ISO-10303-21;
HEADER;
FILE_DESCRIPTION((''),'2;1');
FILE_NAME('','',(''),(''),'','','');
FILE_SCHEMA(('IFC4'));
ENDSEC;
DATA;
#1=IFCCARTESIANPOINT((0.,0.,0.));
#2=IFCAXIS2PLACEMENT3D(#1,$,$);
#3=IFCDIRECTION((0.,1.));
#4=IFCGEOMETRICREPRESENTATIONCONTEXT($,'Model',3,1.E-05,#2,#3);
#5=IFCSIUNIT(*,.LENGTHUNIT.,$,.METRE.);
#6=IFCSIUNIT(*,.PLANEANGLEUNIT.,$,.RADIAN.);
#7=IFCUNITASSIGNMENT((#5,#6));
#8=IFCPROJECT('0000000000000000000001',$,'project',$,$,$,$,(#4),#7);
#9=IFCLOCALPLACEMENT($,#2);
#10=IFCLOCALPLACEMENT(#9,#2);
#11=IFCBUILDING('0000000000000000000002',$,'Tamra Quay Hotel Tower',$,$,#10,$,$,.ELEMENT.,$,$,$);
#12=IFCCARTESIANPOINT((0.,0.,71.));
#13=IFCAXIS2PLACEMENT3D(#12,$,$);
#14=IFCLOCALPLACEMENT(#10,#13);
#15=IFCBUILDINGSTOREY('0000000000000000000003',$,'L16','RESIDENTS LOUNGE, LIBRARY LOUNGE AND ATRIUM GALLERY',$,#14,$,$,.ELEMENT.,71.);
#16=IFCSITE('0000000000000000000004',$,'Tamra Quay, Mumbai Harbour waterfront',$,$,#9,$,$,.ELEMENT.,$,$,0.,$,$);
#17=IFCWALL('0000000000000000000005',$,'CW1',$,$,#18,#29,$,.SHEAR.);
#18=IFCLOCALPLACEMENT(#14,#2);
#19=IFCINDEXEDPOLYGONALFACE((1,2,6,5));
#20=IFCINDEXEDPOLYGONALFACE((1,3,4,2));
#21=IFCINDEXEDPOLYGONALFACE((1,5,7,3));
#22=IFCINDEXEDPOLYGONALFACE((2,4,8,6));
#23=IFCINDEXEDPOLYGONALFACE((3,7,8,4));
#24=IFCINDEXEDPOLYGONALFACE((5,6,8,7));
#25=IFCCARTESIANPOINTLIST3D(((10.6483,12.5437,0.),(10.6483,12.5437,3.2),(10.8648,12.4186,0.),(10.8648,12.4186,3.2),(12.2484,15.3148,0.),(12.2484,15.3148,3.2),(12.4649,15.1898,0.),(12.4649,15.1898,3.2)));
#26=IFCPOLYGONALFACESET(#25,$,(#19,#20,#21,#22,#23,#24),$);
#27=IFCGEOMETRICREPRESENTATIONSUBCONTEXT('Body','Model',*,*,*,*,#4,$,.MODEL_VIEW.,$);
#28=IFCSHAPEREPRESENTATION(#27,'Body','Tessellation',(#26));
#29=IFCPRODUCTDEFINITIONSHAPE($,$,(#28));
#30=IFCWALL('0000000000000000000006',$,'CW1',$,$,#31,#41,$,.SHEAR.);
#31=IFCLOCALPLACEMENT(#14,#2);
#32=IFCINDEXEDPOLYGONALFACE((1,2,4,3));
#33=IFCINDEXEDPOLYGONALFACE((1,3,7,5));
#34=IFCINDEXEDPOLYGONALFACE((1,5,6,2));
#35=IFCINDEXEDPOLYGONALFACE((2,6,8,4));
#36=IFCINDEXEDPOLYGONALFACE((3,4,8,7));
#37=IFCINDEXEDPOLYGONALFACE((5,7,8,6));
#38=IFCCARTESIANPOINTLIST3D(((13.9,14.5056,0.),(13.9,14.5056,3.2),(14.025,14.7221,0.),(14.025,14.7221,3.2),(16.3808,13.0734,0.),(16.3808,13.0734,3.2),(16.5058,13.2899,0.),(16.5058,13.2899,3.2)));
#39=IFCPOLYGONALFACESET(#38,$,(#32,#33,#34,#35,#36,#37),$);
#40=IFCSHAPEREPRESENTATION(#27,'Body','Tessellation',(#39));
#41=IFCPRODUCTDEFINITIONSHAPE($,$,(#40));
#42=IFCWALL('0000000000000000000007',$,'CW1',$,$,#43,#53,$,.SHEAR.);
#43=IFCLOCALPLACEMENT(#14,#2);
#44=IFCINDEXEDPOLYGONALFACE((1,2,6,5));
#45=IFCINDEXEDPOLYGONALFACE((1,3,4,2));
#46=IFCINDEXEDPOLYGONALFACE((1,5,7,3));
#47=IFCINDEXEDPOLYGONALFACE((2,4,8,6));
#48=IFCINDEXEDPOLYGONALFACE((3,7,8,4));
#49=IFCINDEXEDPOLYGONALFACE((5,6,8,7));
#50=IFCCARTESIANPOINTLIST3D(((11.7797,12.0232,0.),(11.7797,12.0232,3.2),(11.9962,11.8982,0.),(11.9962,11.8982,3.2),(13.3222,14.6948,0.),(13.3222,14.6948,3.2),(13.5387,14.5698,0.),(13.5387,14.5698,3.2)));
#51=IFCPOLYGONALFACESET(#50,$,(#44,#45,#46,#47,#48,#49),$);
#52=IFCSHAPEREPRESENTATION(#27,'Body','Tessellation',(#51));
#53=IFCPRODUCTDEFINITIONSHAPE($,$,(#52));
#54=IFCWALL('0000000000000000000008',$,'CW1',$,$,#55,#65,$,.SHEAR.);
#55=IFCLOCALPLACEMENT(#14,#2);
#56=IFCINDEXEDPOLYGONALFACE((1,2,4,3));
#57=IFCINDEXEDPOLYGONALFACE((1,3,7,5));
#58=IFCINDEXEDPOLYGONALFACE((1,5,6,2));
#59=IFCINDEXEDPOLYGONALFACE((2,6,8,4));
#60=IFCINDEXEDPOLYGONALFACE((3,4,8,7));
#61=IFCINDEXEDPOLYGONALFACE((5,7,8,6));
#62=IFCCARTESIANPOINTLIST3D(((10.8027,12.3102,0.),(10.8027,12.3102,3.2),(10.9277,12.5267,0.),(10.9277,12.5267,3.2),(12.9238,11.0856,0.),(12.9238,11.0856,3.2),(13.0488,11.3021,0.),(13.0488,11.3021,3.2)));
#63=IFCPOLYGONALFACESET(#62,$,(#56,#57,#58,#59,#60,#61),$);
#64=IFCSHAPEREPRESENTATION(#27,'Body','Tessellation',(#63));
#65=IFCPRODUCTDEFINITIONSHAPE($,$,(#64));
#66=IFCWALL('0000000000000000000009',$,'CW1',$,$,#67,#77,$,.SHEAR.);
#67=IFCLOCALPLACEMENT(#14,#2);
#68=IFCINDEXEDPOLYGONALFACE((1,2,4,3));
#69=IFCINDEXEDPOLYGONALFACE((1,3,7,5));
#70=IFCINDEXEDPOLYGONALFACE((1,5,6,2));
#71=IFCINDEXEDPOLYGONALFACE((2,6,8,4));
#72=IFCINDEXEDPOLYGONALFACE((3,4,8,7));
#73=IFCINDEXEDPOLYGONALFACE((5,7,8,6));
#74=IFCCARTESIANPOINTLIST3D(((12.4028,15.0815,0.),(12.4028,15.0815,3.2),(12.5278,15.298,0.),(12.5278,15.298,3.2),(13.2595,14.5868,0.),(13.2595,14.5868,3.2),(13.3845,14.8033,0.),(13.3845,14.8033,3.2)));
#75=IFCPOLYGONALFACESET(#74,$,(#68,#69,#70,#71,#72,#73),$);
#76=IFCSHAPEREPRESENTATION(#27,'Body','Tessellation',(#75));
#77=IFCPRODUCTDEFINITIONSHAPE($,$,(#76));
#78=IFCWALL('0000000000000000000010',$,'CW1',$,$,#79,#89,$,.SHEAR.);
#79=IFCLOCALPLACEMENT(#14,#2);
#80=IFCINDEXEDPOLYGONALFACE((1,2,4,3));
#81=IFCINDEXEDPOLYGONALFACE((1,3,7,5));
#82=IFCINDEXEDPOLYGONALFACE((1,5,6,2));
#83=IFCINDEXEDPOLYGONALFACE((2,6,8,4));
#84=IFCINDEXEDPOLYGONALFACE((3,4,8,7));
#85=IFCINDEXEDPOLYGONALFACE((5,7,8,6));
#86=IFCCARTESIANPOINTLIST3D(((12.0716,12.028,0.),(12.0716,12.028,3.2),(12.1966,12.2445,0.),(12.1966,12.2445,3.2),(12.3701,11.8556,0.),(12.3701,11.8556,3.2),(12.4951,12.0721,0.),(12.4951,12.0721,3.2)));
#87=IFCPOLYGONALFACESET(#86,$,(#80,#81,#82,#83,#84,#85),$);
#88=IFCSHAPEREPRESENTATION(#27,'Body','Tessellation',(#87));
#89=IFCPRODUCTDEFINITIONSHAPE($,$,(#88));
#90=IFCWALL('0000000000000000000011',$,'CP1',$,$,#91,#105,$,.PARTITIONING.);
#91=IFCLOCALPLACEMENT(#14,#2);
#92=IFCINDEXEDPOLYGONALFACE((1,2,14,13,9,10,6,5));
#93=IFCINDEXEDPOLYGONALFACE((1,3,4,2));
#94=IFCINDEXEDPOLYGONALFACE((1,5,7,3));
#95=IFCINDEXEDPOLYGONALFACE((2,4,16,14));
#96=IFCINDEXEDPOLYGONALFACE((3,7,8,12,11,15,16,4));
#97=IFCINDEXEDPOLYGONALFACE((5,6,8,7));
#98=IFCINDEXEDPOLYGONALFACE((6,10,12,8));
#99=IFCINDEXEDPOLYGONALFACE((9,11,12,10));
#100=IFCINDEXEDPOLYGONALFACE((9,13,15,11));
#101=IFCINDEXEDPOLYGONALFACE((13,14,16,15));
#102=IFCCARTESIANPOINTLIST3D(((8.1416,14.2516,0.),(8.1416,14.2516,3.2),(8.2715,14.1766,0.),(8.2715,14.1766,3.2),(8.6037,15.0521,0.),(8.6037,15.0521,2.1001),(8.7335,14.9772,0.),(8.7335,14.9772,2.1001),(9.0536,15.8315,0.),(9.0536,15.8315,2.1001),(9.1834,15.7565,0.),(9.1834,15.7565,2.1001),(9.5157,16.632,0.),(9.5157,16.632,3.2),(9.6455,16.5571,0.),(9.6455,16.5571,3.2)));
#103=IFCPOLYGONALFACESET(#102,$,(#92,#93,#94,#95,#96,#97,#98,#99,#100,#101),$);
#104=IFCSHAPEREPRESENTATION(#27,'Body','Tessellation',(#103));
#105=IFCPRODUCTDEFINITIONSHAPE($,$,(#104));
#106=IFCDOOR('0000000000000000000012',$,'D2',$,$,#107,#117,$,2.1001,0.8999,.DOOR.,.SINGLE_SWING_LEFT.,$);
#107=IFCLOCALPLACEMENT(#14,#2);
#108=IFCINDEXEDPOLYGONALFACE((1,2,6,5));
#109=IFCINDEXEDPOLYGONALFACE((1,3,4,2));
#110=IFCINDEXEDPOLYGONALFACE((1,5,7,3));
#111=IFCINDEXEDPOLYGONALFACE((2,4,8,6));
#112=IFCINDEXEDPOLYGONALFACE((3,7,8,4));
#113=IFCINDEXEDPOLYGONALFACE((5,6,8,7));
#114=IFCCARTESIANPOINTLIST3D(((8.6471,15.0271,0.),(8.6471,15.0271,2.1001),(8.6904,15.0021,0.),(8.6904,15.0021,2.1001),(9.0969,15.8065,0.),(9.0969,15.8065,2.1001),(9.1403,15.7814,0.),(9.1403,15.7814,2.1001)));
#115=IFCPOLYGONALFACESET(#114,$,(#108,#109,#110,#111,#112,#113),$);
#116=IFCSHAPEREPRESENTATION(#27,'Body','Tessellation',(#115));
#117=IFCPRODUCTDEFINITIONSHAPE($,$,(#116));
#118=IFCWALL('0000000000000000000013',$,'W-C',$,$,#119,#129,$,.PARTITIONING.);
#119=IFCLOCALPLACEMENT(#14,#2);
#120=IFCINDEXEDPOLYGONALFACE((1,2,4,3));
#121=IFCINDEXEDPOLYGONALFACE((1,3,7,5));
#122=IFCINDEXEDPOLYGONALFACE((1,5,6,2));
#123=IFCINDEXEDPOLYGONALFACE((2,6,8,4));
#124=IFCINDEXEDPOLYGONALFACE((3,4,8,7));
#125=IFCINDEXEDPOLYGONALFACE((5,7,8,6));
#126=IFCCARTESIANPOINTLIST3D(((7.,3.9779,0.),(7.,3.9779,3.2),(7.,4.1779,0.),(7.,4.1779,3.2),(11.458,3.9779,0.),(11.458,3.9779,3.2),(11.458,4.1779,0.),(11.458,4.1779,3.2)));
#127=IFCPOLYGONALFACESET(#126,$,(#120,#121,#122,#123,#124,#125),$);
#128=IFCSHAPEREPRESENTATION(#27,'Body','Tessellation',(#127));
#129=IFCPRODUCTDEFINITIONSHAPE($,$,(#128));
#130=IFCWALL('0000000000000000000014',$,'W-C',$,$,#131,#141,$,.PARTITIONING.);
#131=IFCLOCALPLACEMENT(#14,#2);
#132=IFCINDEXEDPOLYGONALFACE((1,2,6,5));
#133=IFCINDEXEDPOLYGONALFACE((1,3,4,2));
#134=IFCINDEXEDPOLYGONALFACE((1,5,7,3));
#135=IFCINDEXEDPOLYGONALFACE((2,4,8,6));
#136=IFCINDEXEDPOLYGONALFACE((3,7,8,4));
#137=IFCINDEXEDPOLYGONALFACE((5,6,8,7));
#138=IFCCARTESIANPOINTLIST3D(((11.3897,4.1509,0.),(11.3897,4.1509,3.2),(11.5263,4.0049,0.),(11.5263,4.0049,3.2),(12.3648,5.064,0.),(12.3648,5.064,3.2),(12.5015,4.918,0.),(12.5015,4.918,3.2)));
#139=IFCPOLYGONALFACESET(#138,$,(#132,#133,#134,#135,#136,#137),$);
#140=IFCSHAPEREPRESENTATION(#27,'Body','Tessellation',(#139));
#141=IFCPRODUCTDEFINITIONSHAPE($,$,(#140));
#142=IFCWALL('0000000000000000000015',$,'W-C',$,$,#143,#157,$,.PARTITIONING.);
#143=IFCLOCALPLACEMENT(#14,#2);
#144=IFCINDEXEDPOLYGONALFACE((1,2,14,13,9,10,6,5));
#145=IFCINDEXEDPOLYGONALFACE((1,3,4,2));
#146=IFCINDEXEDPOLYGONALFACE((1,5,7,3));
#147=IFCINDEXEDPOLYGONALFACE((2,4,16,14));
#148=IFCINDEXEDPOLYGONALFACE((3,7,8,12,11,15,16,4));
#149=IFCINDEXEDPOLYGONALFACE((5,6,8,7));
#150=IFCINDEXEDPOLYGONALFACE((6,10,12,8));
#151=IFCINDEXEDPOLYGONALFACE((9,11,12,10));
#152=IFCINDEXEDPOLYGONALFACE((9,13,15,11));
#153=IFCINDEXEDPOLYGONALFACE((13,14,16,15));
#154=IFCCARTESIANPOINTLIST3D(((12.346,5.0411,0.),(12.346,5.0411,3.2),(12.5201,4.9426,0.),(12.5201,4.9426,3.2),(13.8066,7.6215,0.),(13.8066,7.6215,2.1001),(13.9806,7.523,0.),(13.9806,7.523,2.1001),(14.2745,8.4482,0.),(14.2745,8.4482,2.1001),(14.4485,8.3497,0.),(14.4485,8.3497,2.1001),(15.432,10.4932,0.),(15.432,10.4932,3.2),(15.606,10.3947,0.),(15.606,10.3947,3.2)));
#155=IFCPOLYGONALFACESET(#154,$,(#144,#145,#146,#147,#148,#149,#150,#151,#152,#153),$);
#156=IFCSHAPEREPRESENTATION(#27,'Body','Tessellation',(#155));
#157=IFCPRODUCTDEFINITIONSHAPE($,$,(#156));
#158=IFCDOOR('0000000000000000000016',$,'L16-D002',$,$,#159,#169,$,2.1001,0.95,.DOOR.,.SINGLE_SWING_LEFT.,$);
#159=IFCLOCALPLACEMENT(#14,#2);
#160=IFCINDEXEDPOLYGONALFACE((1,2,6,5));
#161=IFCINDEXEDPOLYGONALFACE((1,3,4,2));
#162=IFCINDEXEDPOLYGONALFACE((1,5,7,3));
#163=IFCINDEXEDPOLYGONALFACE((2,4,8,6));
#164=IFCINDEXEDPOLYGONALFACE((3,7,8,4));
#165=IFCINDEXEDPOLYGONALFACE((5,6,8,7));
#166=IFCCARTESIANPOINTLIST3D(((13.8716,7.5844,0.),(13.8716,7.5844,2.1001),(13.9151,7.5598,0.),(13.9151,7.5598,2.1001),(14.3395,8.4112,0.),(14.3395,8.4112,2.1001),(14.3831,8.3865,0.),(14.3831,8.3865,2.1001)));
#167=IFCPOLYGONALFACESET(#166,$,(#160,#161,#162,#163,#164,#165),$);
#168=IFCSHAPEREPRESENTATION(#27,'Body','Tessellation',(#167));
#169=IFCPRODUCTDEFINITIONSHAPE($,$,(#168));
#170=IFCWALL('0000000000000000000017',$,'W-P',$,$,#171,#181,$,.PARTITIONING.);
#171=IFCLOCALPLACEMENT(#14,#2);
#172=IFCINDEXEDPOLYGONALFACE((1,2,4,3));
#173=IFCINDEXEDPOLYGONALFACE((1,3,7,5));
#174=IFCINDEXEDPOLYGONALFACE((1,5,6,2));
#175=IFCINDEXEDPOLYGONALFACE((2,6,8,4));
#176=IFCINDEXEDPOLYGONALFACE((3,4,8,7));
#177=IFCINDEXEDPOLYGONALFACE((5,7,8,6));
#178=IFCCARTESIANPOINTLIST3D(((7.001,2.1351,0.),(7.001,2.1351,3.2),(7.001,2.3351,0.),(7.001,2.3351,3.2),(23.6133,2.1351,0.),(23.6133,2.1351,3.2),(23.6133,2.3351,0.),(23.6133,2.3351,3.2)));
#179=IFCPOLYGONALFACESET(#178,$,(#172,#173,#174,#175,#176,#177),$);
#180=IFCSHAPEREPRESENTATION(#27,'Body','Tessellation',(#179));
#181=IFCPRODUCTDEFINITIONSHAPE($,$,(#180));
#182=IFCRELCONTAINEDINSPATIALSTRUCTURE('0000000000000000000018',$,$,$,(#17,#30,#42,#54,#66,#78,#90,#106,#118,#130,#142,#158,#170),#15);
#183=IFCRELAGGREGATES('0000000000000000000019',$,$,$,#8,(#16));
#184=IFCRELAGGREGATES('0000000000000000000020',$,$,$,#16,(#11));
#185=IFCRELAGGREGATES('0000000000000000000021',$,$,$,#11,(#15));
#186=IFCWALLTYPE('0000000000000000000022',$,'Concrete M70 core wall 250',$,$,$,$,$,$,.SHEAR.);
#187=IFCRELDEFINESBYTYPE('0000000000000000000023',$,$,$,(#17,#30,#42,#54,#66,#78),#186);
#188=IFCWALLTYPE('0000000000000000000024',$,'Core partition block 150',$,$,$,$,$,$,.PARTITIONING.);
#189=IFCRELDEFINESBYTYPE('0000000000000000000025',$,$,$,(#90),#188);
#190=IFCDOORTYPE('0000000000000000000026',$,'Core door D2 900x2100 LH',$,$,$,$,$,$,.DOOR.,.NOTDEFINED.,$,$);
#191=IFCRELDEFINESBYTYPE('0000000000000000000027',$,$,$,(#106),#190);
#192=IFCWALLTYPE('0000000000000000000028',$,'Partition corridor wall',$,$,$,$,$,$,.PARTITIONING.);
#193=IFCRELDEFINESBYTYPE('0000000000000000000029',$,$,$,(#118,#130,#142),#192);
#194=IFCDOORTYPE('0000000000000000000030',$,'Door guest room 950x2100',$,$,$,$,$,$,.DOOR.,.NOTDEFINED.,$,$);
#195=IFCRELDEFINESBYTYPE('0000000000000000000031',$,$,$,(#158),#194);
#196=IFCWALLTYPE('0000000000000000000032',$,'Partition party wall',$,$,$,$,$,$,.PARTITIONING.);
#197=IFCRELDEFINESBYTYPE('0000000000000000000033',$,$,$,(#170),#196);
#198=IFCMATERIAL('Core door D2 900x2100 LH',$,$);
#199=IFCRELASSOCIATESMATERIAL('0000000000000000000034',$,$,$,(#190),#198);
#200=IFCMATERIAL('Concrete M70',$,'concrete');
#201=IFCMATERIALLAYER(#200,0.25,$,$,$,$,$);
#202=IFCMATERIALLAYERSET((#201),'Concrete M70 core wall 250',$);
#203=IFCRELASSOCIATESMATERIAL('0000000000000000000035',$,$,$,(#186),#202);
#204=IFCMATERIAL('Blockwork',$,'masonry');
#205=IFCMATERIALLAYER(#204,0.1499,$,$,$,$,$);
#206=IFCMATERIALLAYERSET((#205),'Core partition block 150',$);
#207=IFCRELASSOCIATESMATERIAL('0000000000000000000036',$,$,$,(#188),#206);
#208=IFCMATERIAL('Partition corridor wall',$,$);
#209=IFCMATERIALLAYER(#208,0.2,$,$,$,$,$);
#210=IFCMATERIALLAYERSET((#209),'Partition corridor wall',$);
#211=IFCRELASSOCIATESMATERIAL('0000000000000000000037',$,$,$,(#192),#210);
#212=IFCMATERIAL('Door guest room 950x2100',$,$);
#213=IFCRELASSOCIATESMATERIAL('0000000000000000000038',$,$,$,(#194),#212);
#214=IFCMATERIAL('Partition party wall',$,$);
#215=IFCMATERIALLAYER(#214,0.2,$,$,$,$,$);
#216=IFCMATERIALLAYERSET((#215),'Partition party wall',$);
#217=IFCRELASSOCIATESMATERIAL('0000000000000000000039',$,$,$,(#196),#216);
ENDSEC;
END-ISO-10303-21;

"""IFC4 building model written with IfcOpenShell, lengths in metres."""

from ifc_helpers import new_model, si_unit, direction, frame, frame_2d, origin, place, context, subcontext, project, spatial, rectangle, extrude, material, layer, layer_set, type_object, element, fill, save


model = new_model("IFC4")

# Units and contexts
model_context = context("Model", 3, precision=1e-05, world=origin(), true_north=direction((0.0, 1.0)))
body_context = subcontext(model_context, "Body", "Model", "MODEL_VIEW")
ifc_project = project(units=[si_unit("LENGTHUNIT", "METRE"), si_unit("PLANEANGLEUNIT", "RADIAN")], contexts=[model_context])

# Site, building, storey
site_placement = place(None, origin())
site = spatial("IfcSite", under=ifc_project, at=site_placement, Name="Tamra Quay, Mumbai Harbour waterfront", CompositionType="ELEMENT", RefElevation=0.0)
building_placement = place(site_placement, origin())
building = spatial("IfcBuilding", under=site, at=building_placement, Name="Tamra Quay Hotel Tower", CompositionType="ELEMENT")
storey_placement = place(building_placement, frame((0.0, 0.0, 71.0)))
storey = spatial("IfcBuildingStorey", under=building, at=storey_placement, Name="L16", Description="RESIDENTS LOUNGE, LIBRARY LOUNGE AND ATRIUM GALLERY", CompositionType="ELEMENT", Elevation=71.0)

# Shared definitions
ifc_material_1 = material(Name="Concrete M70", Category="concrete")

# Shared definitions
ifc_material_2 = material(Name="Core door D2 900x2100 LH")
door_type_1 = type_object("IfcDoorType", Name="Core door D2 900x2100 LH", OperationType="NOTDEFINED", PredefinedType="DOOR", material=ifc_material_2)

# Shared definitions
ifc_layer_1 = layer(ifc_material_1, 0.25)
ifc_layer_set_1 = layer_set([ifc_layer_1], Name="Concrete M70 core wall 250")
wall_type_1 = type_object("IfcWallType", Name="Concrete M70 core wall 250", PredefinedType="SHEAR", material=ifc_layer_set_1)

# Walls
wall_1_placement = place(storey_placement, frame((12.3567, 15.2524, 0.0), z_axis=(0.0, 0.0, 1.0), x_axis=(-0.500028, -0.866009, 0.0)))
element("IfcWall", 1, at=wall_1_placement, inside=storey, type_object=wall_type_1, Name="CW1", PredefinedType="SHEAR", context=body_context, shape_type="SweptSolid", body=[
    extrude(rectangle(XDim=3.2, YDim=0.25, at=frame_2d((1.6001, 0.0))), origin(), (0.0, 0.0, 1.0), 3.2),
])
wall_2_placement = place(storey_placement, frame((13.9626, 14.6138, 0.0), z_axis=(0.0, 0.0, 1.0), x_axis=(0.866042, -0.499971, 0.0)))
element("IfcWall", 2, at=wall_2_placement, inside=storey, type_object=wall_type_1, Name="CW1", PredefinedType="SHEAR", context=body_context, shape_type="SweptSolid", body=[
    extrude(rectangle(XDim=2.8645, YDim=0.25, at=frame_2d((1.4321, 0.0))), origin(), (0.0, 0.0, 1.0), 3.2),
])
wall_3_placement = place(storey_placement, frame((11.8879, 11.9607, 0.0), z_axis=(0.0, 0.0, 1.0), x_axis=(0.500003, 0.866023, 0.0)))
element("IfcWall", 3, at=wall_3_placement, inside=storey, type_object=wall_type_1, Name="CW1", PredefinedType="SHEAR", context=body_context, shape_type="SweptSolid", body=[
    extrude(rectangle(XDim=3.085, YDim=0.25, at=frame_2d((1.5425, 0.0))), origin(), (0.0, 0.0, 1.0), 3.2),
])
wall_4_placement = place(storey_placement, frame((10.8652, 12.4185, 0.0), z_axis=(0.0, 0.0, 1.0), x_axis=(0.866026, -0.499999, 0.0)))
element("IfcWall", 4, at=wall_4_placement, inside=storey, type_object=wall_type_1, Name="CW1", PredefinedType="SHEAR", context=body_context, shape_type="SweptSolid", body=[
    extrude(rectangle(XDim=2.4492, YDim=0.25, at=frame_2d((1.2246, 0.0))), origin(), (0.0, 0.0, 1.0), 3.2),
])
wall_5_placement = place(storey_placement, frame((13.322, 14.6951, 0.0), z_axis=(0.0, 0.0, 1.0), x_axis=(-0.866017, 0.500014, 0.0)))
element("IfcWall", 5, at=wall_5_placement, inside=storey, type_object=wall_type_1, Name="CW1", PredefinedType="SHEAR", context=body_context, shape_type="SweptSolid", body=[
    extrude(rectangle(XDim=0.9893, YDim=0.25, at=frame_2d((0.4946, 0.0))), origin(), (0.0, 0.0, 1.0), 3.2),
])
wall_6_placement = place(storey_placement, frame((12.4326, 11.9639, 0.0), z_axis=(0.0, 0.0, 1.0), x_axis=(-0.866056, 0.499947, 0.0)))
element("IfcWall", 6, at=wall_6_placement, inside=storey, type_object=wall_type_1, Name="CW1", PredefinedType="SHEAR", context=body_context, shape_type="SweptSolid", body=[
    extrude(rectangle(XDim=0.3447, YDim=0.25, at=frame_2d((0.1724, 0.0))), origin(), (0.0, 0.0, 1.0), 3.2),
])

# Wall, opening, door
ifc_material_3 = material(Name="Blockwork", Category="masonry")
ifc_layer_2 = layer(ifc_material_3, 0.1499)
ifc_layer_set_2 = layer_set([ifc_layer_2], Name="Core partition block 150")
wall_type_2 = type_object("IfcWallType", Name="Core partition block 150", PredefinedType="PARTITIONING", material=ifc_layer_set_2)
wall_7_placement = place(storey_placement, frame((8.2065, 14.2141, 0.0), z_axis=(0.0, 0.0, 1.0), x_axis=(0.499922, 0.86607, 0.0)))
wall_7 = element("IfcWall", 7, at=wall_7_placement, inside=storey, type_object=wall_type_2, Name="CP1", PredefinedType="PARTITIONING", context=body_context, shape_type="SweptSolid", body=[
    extrude(rectangle(XDim=2.7485, YDim=0.1499, at=frame_2d((1.3743, 0.0))), origin(), (0.0, 0.0, 1.0), 3.2),
])
opening_1_placement = place(wall_7_placement, frame((0.9243, 0.0, 0.0)))
opening_1 = element("IfcOpeningElement", 8, at=opening_1_placement, cuts=wall_7, PredefinedType="OPENING", context=body_context, shape_type="SweptSolid", body=[
    extrude(rectangle(XDim=0.8999, YDim=2.1001, at=frame_2d((0.45, 1.05))), frame((0.0, 0.085, 0.0), z_axis=(0.0, -1.0, 0.0), x_axis=(1.0, 0.0, 0.0)), (0.0, 0.0, 1.0), 0.1699),
])
door_1_placement = place(opening_1_placement, origin())
door_1 = element("IfcDoor", 9, at=door_1_placement, inside=storey, type_object=door_type_1, Name="D2", OperationType="SINGLE_SWING_LEFT", OverallHeight=2.1001, OverallWidth=0.8999, PredefinedType="DOOR", context=body_context, shape_type="SweptSolid", body=[
    extrude(rectangle(XDim=0.8999, YDim=2.1001, at=frame_2d((0.45, 1.05))), frame((0.0, 0.0249, 0.0), z_axis=(0.0, -1.0, 0.0), x_axis=(1.0, 0.0, 0.0)), (0.0, 0.0, 1.0), 0.05),
])
fill(opening_1, door_1)

# Walls
ifc_material_4 = material(Name="Partition corridor wall")
ifc_layer_3 = layer(ifc_material_4, 0.2)
ifc_layer_set_3 = layer_set([ifc_layer_3], Name="Partition corridor wall")
wall_type_3 = type_object("IfcWallType", Name="Partition corridor wall", PredefinedType="PARTITIONING", material=ifc_layer_set_3)
wall_8_placement = place(storey_placement, frame((7.0, 4.0779, 0.0), z_axis=(0.0, 0.0, 1.0), x_axis=(1.0, 0.0, 0.0)))
element("IfcWall", 10, at=wall_8_placement, inside=storey, type_object=wall_type_3, Name="W-C", PredefinedType="PARTITIONING", context=body_context, shape_type="SweptSolid", body=[
    extrude(rectangle(XDim=4.458, YDim=0.2, at=frame_2d((2.229, 0.0))), origin(), (0.0, 0.0, 1.0), 3.2),
])
wall_9_placement = place(storey_placement, frame((11.458, 4.0779, 0.0), z_axis=(0.0, 0.0, 1.0), x_axis=(0.729936, 0.683515, 0.0)))
element("IfcWall", 11, at=wall_9_placement, inside=storey, type_object=wall_type_3, Name="W-C", PredefinedType="PARTITIONING", context=body_context, shape_type="SweptSolid", body=[
    extrude(rectangle(XDim=1.3359, YDim=0.2, at=frame_2d((0.668, 0.0))), origin(), (0.0, 0.0, 1.0), 3.2),
])

# Wall, opening, door
wall_10_placement = place(storey_placement, frame((12.4331, 4.9919, 0.0), z_axis=(0.0, 0.0, 1.0), x_axis=(0.492576, 0.870269, 0.0)))
wall_10 = element("IfcWall", 12, at=wall_10_placement, inside=storey, type_object=wall_type_3, Name="W-C", PredefinedType="PARTITIONING", context=body_context, shape_type="SweptSolid", body=[
    extrude(rectangle(XDim=6.2649, YDim=0.2, at=frame_2d((3.1323, 0.0))), origin(), (0.0, 0.0, 1.0), 3.2),
])
opening_2_placement = place(wall_10_placement, frame((2.9648, 0.0, 0.0)))
opening_2 = element("IfcOpeningElement", 13, at=opening_2_placement, cuts=wall_10, PredefinedType="OPENING", context=body_context, shape_type="SweptSolid", body=[
    extrude(rectangle(XDim=0.95, YDim=2.1001, at=frame_2d((0.4751, 1.05))), frame((0.0, 0.1099, 0.0), z_axis=(0.0, -1.0, 0.0), x_axis=(1.0, 0.0, 0.0)), (0.0, 0.0, 1.0), 0.22),
])
ifc_material_5 = material(Name="Door guest room 950x2100")
door_type_2 = type_object("IfcDoorType", Name="Door guest room 950x2100", OperationType="NOTDEFINED", PredefinedType="DOOR", material=ifc_material_5)
door_2_placement = place(opening_2_placement, frame((0.95, 0.0, 0.0), z_axis=(0.0, 0.0, 1.0), x_axis=(-1.0, 0.0, 0.0)))
door_2 = element("IfcDoor", 14, at=door_2_placement, inside=storey, type_object=door_type_2, Name="L16-D002", OperationType="SINGLE_SWING_LEFT", OverallHeight=2.1001, OverallWidth=0.95, PredefinedType="DOOR", context=body_context, shape_type="SweptSolid", body=[
    extrude(rectangle(XDim=0.95, YDim=2.1001, at=frame_2d((0.4751, 1.05))), frame((0.0, 0.0249, 0.0), z_axis=(0.0, -1.0, 0.0), x_axis=(1.0, 0.0, 0.0)), (0.0, 0.0, 1.0), 0.05),
])
fill(opening_2, door_2)

# Wall
ifc_material_6 = material(Name="Partition party wall")
ifc_layer_4 = layer(ifc_material_6, 0.2)
ifc_layer_set_4 = layer_set([ifc_layer_4], Name="Partition party wall")
wall_type_4 = type_object("IfcWallType", Name="Partition party wall", PredefinedType="PARTITIONING", material=ifc_layer_set_4)
wall_11_placement = place(storey_placement, frame((7.001, 2.2351, 0.0), z_axis=(0.0, 0.0, 1.0), x_axis=(1.0, 0.0, 0.0)))
element("IfcWall", 15, at=wall_11_placement, inside=storey, type_object=wall_type_4, Name="W-P", PredefinedType="PARTITIONING", context=body_context, shape_type="SweptSolid", body=[
    extrude(rectangle(XDim=16.6123, YDim=0.2, at=frame_2d((8.3062, 0.0))), origin(), (0.0, 0.0, 1.0), 3.2),
])

save(model, "model.ifc")
